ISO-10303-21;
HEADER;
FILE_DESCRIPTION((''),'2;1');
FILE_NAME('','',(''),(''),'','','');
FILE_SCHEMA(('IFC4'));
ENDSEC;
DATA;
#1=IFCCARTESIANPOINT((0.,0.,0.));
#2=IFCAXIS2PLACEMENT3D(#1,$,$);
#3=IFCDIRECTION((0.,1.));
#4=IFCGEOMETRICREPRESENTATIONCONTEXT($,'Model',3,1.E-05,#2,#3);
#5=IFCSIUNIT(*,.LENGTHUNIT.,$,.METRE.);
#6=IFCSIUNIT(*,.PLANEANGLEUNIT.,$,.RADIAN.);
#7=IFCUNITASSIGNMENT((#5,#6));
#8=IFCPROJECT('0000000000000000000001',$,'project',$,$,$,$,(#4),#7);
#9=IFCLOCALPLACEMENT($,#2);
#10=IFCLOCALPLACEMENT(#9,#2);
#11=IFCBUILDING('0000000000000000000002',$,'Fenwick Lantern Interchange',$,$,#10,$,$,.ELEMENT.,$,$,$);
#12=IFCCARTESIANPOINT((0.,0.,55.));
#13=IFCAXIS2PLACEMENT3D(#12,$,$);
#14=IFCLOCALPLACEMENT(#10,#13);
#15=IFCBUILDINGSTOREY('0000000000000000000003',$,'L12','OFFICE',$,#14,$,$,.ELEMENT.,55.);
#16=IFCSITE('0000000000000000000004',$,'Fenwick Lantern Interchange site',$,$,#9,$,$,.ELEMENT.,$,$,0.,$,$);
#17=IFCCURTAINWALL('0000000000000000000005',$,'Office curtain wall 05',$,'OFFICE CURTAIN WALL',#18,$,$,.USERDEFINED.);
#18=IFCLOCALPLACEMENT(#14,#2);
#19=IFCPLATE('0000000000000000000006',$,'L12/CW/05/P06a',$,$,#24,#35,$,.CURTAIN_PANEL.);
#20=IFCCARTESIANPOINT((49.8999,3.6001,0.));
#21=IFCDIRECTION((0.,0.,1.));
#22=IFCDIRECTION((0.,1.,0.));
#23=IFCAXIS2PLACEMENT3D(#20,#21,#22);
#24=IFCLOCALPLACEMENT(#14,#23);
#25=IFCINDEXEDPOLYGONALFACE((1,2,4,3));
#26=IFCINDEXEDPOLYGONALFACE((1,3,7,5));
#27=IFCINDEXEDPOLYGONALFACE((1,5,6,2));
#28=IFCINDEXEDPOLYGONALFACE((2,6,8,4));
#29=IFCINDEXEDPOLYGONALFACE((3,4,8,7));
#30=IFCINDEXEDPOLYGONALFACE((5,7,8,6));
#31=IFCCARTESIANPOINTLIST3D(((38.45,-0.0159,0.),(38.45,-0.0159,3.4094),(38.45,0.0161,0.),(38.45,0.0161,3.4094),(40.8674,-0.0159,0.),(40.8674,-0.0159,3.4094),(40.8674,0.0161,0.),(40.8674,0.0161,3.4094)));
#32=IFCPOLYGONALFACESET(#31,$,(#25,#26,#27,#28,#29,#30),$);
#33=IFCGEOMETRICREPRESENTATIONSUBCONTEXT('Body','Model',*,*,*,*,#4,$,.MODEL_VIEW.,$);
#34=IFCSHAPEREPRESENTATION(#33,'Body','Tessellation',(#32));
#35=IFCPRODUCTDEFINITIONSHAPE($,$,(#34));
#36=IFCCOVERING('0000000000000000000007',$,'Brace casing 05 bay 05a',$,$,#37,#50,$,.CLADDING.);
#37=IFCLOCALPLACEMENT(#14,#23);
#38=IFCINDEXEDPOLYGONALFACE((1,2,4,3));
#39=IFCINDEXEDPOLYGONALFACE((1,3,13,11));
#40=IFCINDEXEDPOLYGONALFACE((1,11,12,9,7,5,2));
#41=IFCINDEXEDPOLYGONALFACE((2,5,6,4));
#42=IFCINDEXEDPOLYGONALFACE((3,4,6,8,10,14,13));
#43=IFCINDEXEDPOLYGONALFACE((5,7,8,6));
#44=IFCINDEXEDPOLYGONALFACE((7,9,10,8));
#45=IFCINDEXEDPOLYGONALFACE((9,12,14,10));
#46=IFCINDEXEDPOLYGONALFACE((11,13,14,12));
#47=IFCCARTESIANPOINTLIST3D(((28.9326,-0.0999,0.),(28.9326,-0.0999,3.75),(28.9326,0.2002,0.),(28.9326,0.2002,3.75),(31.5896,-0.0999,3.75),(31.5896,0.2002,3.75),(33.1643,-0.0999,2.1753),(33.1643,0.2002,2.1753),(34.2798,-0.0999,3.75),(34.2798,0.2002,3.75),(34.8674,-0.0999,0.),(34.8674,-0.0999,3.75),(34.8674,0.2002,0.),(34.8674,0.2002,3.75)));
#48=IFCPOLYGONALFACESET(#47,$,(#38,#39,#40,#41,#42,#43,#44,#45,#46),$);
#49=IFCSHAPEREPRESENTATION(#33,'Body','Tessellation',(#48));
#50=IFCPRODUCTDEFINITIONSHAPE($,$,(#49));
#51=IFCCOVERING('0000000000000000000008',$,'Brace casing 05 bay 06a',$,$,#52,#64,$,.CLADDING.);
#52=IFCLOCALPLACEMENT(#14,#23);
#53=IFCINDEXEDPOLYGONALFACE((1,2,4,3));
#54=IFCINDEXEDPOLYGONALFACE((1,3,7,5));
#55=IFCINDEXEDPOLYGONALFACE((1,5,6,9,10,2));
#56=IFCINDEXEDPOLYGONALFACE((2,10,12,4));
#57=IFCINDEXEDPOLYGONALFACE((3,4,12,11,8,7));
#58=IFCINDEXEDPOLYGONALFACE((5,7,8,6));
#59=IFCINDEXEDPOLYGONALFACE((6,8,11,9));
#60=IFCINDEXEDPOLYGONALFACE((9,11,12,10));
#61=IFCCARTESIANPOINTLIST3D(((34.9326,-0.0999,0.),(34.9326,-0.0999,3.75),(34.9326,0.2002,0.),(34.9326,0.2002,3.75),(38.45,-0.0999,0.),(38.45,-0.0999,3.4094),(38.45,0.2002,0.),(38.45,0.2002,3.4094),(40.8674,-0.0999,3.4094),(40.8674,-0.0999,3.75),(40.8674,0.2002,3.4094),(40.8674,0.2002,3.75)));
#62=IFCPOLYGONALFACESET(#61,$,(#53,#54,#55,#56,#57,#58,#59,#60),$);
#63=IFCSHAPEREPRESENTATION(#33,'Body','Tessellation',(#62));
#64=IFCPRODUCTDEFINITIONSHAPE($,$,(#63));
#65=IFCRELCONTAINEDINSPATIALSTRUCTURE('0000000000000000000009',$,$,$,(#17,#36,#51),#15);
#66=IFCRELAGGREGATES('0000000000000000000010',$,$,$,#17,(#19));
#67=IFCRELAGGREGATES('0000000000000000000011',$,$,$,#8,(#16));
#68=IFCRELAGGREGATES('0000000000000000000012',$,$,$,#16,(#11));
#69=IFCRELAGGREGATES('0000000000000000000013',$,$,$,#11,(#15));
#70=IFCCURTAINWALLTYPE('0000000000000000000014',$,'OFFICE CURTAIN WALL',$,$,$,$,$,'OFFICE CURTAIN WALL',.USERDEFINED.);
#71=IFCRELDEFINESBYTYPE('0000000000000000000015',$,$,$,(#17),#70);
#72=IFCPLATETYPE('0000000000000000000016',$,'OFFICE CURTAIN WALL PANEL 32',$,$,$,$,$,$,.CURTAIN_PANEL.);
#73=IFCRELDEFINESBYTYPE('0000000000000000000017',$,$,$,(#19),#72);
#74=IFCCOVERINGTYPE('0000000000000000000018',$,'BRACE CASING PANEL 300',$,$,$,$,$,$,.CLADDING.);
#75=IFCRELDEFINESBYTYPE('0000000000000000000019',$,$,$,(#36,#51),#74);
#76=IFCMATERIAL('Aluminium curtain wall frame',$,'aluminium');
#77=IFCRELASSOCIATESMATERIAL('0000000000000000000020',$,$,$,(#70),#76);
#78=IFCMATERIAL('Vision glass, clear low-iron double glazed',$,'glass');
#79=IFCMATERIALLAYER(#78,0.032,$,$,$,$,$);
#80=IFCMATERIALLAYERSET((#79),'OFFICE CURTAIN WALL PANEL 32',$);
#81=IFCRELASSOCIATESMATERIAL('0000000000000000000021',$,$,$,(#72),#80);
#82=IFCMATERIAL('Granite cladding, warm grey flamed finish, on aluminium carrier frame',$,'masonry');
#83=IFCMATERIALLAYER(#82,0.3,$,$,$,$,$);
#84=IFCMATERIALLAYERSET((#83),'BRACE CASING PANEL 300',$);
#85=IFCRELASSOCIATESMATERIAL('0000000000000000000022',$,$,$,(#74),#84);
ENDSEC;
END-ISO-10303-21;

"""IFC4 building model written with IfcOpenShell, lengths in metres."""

from ifc_helpers import new_model, si_unit, direction, frame, origin, place, context, subcontext, project, spatial, polyline, outline, extrude, material, layer, layer_set, type_object, element, aggregate, save


model = new_model("IFC4")

# Units and contexts
model_context = context("Model", 3, precision=1e-05, world=origin(), true_north=direction((0.0, 1.0)))
body_context = subcontext(model_context, "Body", "Model", "MODEL_VIEW")
ifc_project = project(units=[si_unit("LENGTHUNIT", "METRE"), si_unit("PLANEANGLEUNIT", "RADIAN")], contexts=[model_context])

# Site, building, storey
site_placement = place(None, origin())
site = spatial("IfcSite", under=ifc_project, at=site_placement, Name="Fenwick Lantern Interchange site", CompositionType="ELEMENT", RefElevation=0.0)
building_placement = place(site_placement, origin())
building = spatial("IfcBuilding", under=site, at=building_placement, Name="Fenwick Lantern Interchange", CompositionType="ELEMENT")
storey_placement = place(building_placement, frame((0.0, 0.0, 55.0)))
storey = spatial("IfcBuildingStorey", under=building, at=storey_placement, Name="L12", Description="OFFICE", CompositionType="ELEMENT", Elevation=55.0)

# Curtain wall, plate
ifc_material_1 = material(Name="Aluminium curtain wall frame", Category="aluminium")
curtain_wall_type = type_object("IfcCurtainWallType", Name="OFFICE CURTAIN WALL", ElementType="OFFICE CURTAIN WALL", PredefinedType="USERDEFINED", material=ifc_material_1)
curtain_wall_placement = place(storey_placement, origin())
curtain_wall = element("IfcCurtainWall", 1, at=curtain_wall_placement, inside=storey, type_object=curtain_wall_type, Name="Office curtain wall 05", ObjectType="OFFICE CURTAIN WALL", PredefinedType="USERDEFINED")
ifc_material_2 = material(Name="Vision glass, clear low-iron double glazed", Category="glass")
ifc_layer_1 = layer(ifc_material_2, 0.032)
ifc_layer_set_1 = layer_set([ifc_layer_1], Name="OFFICE CURTAIN WALL PANEL 32")
plate_type = type_object("IfcPlateType", Name="OFFICE CURTAIN WALL PANEL 32", PredefinedType="CURTAIN_PANEL", material=ifc_layer_set_1)
plate_1_placement = place(storey_placement, frame((49.8999, 3.6001, 0.0), z_axis=(0.0, 0.0, 1.0), x_axis=(0.0, 1.0, 0.0)))
plate_1 = element("IfcPlate", 2, at=plate_1_placement, type_object=plate_type, Name="L12/CW/05/P06a", PredefinedType="CURTAIN_PANEL", context=body_context, shape_type="SweptSolid", body=[
    extrude(outline(polyline([(38.45, 0.0), (40.8674, 0.0), (40.8674, 3.4094), (38.45, 3.4094), (38.45, 0.0)])), frame((0.0, 0.0161, 0.0), z_axis=(0.0, -1.0, 0.0), x_axis=(1.0, 0.0, 0.0)), (0.0, 0.0, 1.0), 0.032),
])
aggregate(curtain_wall, [plate_1])

# Coverings
ifc_material_3 = material(Name="Granite cladding, warm grey flamed finish, on aluminium carrier frame", Category="masonry")
ifc_layer_2 = layer(ifc_material_3, 0.3)
ifc_layer_set_2 = layer_set([ifc_layer_2], Name="BRACE CASING PANEL 300")
covering_type = type_object("IfcCoveringType", Name="BRACE CASING PANEL 300", PredefinedType="CLADDING", material=ifc_layer_set_2)
covering_1_placement = place(storey_placement, frame((49.8999, 3.6001, 0.0), z_axis=(0.0, 0.0, 1.0), x_axis=(0.0, 1.0, 0.0)))
element("IfcCovering", 3, at=covering_1_placement, inside=storey, type_object=covering_type, Name="Brace casing 05 bay 05a", PredefinedType="CLADDING", context=body_context, shape_type="SweptSolid", body=[
    extrude(outline(polyline([(28.9326, 0.0), (34.8674, 0.0), (34.8674, 3.75), (34.2798, 3.75), (33.1643, 2.1753), (31.5896, 3.75), (28.9326, 3.75), (28.9326, 0.0)])), frame((0.0, 0.2002, 0.0), z_axis=(0.0, -1.0, 0.0), x_axis=(1.0, 0.0, 0.0)), (0.0, 0.0, 1.0), 0.3),
])
covering_2_placement = place(storey_placement, frame((49.8999, 3.6001, 0.0), z_axis=(0.0, 0.0, 1.0), x_axis=(0.0, 1.0, 0.0)))
element("IfcCovering", 4, at=covering_2_placement, inside=storey, type_object=covering_type, Name="Brace casing 05 bay 06a", PredefinedType="CLADDING", context=body_context, shape_type="SweptSolid", body=[
    extrude(outline(polyline([(34.9326, 0.0), (38.45, 0.0), (38.45, 3.4094), (40.8674, 3.4094), (40.8674, 3.75), (34.9326, 3.75), (34.9326, 0.0)])), frame((0.0, 0.2002, 0.0), z_axis=(0.0, -1.0, 0.0), x_axis=(1.0, 0.0, 0.0)), (0.0, 0.0, 1.0), 0.3),
])

save(model, "model.ifc")
